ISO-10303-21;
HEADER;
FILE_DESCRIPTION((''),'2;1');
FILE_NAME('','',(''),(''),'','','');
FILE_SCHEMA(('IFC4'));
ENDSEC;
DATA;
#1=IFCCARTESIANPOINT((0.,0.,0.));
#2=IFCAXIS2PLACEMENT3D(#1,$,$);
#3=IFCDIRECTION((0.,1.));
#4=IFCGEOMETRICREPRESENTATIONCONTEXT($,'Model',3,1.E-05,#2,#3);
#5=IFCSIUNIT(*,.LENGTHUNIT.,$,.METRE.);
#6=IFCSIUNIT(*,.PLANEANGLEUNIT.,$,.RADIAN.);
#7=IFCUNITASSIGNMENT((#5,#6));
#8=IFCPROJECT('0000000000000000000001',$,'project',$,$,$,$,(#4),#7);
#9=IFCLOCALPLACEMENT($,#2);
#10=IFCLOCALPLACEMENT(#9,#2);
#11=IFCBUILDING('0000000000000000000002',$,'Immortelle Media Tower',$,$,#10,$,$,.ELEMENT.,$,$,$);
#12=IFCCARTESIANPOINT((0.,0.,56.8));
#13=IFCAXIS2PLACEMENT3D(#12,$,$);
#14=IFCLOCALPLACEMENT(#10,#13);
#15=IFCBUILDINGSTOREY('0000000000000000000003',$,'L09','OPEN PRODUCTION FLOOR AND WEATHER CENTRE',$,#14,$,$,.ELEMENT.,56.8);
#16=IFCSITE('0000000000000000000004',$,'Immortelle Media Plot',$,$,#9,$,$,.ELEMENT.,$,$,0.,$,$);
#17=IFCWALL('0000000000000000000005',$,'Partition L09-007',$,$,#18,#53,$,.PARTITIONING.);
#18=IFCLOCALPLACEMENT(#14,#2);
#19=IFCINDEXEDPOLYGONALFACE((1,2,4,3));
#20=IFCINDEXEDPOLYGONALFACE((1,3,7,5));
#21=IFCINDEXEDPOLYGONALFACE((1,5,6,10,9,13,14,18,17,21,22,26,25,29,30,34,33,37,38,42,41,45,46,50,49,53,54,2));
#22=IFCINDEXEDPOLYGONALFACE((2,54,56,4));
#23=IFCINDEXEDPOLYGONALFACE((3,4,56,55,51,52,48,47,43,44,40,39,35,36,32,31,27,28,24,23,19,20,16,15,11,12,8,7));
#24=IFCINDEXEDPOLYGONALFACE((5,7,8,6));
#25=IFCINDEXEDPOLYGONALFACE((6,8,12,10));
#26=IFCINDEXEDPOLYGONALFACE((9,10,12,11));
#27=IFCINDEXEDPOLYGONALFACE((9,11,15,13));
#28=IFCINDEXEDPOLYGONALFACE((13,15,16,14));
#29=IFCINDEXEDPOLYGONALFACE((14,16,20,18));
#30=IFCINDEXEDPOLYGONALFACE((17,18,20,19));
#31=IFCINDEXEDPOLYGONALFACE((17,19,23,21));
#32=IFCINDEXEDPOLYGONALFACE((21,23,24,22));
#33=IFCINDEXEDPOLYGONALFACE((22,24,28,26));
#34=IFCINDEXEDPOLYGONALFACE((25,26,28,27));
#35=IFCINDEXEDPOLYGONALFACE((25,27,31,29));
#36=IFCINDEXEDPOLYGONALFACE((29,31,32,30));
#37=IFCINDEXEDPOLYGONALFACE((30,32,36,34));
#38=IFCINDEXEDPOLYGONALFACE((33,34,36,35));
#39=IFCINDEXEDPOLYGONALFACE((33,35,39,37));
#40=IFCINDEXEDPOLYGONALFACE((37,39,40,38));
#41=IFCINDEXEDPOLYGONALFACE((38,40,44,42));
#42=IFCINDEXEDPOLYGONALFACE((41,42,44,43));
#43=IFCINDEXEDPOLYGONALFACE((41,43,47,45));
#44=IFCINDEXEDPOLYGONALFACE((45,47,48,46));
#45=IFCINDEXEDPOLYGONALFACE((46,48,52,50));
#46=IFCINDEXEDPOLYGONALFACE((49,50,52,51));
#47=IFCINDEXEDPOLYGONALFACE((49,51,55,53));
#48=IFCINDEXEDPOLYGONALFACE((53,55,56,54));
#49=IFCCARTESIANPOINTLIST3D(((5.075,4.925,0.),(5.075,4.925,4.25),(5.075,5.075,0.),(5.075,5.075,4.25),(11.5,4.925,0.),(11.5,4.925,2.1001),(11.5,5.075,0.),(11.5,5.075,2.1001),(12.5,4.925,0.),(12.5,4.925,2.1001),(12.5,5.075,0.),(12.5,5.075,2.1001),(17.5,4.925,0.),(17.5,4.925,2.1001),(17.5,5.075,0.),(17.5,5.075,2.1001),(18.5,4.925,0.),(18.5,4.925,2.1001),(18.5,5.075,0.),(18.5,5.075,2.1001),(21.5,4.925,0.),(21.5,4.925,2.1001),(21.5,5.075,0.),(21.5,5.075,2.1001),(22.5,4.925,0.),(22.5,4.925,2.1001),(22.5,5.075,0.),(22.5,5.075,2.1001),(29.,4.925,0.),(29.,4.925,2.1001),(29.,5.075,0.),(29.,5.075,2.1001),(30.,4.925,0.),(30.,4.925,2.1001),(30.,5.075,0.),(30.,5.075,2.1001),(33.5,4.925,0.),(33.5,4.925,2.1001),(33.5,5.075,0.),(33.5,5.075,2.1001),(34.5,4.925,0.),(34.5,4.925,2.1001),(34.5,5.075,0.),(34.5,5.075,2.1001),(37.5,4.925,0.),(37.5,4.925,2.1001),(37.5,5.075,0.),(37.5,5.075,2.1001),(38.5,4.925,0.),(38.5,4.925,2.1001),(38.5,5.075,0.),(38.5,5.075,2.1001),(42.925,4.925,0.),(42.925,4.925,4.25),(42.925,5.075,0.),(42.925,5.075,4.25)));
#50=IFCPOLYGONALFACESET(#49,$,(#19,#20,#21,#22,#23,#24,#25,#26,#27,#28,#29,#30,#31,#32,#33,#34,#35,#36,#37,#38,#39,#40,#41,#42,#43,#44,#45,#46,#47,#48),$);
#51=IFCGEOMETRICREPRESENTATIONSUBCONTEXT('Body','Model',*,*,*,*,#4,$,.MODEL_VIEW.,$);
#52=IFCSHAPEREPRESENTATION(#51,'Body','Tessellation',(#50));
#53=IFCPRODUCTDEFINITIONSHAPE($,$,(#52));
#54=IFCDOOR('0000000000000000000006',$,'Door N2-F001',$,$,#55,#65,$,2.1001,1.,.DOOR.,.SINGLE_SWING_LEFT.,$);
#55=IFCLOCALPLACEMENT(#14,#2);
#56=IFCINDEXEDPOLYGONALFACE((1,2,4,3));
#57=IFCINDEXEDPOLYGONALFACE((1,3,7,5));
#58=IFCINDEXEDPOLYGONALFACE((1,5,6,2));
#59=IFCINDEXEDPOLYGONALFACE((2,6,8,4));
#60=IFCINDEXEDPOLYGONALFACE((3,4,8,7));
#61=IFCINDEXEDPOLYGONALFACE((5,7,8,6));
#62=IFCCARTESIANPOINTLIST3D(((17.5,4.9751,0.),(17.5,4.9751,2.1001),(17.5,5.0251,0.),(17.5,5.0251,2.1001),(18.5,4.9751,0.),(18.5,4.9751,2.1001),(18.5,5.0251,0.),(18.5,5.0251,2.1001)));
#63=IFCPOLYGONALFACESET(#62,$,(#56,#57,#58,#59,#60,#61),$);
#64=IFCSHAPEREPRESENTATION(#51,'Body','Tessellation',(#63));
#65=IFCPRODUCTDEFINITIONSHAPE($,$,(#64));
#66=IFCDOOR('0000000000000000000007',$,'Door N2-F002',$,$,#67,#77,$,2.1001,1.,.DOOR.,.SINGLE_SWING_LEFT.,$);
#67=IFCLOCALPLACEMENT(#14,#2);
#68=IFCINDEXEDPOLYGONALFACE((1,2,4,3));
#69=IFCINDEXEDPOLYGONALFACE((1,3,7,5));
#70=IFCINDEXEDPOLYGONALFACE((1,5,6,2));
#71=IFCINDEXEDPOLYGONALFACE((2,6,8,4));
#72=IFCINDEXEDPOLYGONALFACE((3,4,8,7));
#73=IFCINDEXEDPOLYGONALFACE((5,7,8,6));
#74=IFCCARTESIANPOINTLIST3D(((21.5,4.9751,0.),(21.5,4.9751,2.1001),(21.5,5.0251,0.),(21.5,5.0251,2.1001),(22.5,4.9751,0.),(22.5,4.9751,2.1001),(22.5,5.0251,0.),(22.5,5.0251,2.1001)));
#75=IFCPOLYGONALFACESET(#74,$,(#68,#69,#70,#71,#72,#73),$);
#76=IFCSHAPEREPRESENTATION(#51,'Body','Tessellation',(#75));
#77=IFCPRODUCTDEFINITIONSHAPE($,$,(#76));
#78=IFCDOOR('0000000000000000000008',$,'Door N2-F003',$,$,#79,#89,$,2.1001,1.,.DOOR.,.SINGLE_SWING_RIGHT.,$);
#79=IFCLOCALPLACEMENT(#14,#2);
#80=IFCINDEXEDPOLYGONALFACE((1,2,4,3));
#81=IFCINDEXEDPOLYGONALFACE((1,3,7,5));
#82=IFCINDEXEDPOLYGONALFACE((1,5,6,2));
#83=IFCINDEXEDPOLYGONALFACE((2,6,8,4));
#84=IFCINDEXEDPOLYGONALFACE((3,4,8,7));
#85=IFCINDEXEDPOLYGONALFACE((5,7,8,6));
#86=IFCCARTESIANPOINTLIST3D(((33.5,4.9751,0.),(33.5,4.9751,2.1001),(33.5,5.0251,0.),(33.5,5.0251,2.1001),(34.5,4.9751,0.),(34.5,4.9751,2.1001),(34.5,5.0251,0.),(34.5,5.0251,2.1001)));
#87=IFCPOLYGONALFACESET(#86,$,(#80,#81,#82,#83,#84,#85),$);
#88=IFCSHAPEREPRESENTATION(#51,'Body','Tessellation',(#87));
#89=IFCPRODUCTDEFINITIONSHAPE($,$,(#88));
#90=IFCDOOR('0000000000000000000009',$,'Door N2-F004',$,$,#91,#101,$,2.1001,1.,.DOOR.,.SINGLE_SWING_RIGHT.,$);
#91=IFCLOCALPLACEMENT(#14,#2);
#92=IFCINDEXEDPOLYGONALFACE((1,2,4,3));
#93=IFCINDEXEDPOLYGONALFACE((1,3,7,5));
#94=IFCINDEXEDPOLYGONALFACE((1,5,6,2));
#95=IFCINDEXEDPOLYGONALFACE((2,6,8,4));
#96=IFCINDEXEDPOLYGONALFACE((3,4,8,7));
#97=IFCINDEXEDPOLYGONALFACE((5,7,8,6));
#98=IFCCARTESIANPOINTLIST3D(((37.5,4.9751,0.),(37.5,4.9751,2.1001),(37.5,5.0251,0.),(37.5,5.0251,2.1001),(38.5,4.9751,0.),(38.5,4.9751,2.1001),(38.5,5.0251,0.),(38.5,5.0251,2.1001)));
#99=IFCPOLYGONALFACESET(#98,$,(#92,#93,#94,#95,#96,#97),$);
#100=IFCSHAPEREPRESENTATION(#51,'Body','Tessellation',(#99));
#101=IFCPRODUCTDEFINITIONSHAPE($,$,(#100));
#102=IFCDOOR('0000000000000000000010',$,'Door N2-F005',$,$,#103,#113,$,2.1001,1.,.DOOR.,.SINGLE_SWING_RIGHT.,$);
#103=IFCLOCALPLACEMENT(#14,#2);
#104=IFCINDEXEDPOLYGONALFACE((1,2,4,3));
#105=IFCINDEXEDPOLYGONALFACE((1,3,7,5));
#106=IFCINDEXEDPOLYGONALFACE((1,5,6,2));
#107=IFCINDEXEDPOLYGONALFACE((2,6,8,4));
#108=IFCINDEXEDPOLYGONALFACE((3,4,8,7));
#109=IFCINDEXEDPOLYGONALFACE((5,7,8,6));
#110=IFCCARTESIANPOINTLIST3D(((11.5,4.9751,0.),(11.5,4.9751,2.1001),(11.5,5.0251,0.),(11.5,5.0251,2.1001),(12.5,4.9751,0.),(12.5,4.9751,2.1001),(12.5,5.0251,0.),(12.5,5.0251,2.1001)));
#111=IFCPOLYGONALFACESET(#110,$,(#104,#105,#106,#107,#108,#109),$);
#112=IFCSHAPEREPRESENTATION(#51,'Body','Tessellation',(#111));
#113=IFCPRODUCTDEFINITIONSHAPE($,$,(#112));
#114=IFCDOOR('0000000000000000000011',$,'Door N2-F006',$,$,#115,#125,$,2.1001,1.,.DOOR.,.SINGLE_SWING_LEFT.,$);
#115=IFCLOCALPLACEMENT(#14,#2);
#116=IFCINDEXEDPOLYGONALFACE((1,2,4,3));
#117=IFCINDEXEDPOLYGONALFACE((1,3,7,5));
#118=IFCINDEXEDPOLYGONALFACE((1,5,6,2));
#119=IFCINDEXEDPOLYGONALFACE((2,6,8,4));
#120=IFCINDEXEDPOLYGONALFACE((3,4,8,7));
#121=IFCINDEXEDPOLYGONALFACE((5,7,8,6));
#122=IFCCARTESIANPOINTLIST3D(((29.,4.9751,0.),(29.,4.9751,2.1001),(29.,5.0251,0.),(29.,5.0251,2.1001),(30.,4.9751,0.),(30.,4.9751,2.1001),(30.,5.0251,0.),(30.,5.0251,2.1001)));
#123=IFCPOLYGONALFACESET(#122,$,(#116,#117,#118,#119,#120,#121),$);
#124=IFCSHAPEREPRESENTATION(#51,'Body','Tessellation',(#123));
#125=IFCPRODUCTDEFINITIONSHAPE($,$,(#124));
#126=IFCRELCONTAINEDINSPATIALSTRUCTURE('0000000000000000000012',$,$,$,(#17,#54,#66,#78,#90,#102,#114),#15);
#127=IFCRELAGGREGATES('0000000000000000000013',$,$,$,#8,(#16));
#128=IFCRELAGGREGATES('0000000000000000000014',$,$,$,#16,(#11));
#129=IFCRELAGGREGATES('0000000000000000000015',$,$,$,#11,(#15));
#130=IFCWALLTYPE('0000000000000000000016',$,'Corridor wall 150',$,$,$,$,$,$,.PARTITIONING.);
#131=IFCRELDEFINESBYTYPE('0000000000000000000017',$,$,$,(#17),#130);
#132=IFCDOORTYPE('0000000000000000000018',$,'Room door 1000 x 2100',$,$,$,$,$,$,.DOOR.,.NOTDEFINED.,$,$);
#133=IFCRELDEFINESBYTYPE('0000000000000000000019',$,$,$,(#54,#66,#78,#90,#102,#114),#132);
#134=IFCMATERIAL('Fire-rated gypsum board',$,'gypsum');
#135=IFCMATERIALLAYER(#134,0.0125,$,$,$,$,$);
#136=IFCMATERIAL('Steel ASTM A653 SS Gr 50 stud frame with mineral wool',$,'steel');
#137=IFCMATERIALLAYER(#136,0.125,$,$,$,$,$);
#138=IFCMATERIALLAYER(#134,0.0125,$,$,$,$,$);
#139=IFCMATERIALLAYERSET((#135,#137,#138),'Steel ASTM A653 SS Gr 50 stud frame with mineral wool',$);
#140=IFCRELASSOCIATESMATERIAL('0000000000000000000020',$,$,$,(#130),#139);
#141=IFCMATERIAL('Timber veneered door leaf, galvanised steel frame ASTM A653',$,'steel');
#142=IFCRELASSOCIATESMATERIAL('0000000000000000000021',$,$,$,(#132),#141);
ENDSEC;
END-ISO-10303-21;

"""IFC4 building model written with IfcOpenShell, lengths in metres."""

from ifc_helpers import new_model, si_unit, direction, frame, frame_2d, origin, place, context, subcontext, project, spatial, rectangle, extrude, material, layer, layer_set, type_object, element, fill, save


model = new_model("IFC4")

# Units and contexts
model_context = context("Model", 3, precision=1e-05, world=origin(), true_north=direction((0.0, 1.0)))
body_context = subcontext(model_context, "Body", "Model", "MODEL_VIEW")
ifc_project = project(units=[si_unit("LENGTHUNIT", "METRE"), si_unit("PLANEANGLEUNIT", "RADIAN")], contexts=[model_context])

# Site, building, storey
site_placement = place(None, origin())
site = spatial("IfcSite", under=ifc_project, at=site_placement, Name="Immortelle Media Plot", CompositionType="ELEMENT", RefElevation=0.0)
building_placement = place(site_placement, origin())
building = spatial("IfcBuilding", under=site, at=building_placement, Name="Immortelle Media Tower", CompositionType="ELEMENT")
storey_placement = place(building_placement, frame((0.0, 0.0, 56.8)))
storey = spatial("IfcBuildingStorey", under=building, at=storey_placement, Name="L09", Description="OPEN PRODUCTION FLOOR AND WEATHER CENTRE", CompositionType="ELEMENT", Elevation=56.8)

# Wall, openings, doors
ifc_material_1 = material(Name="Fire-rated gypsum board", Category="gypsum")
ifc_layer_1 = layer(ifc_material_1, 0.0125)
ifc_material_2 = material(Name="Steel ASTM A653 SS Gr 50 stud frame with mineral wool", Category="steel")
ifc_layer_2 = layer(ifc_material_2, 0.125)
ifc_layer_3 = layer(ifc_material_1, 0.0125)
ifc_layer_set_1 = layer_set([ifc_layer_1, ifc_layer_2, ifc_layer_3], Name="Steel ASTM A653 SS Gr 50 stud frame with mineral wool")
wall_type_1 = type_object("IfcWallType", Name="Corridor wall 150", PredefinedType="PARTITIONING", material=ifc_layer_set_1)
wall_1_placement = place(storey_placement, frame((5.075, 5.0, 0.0), z_axis=(0.0, 0.0, 1.0), x_axis=(1.0, 0.0, 0.0)))
wall_1 = element("IfcWall", 1, at=wall_1_placement, inside=storey, type_object=wall_type_1, Name="Partition L09-007", PredefinedType="PARTITIONING", context=body_context, shape_type="SweptSolid", body=[
    extrude(rectangle(XDim=37.8501, YDim=0.1499, at=frame_2d((18.925, 0.0))), origin(), (0.0, 0.0, 1.0), 4.25),
])
opening_1_placement = place(wall_1_placement, frame((13.425, 0.0, 0.0), z_axis=(0.0, 0.0, 1.0), x_axis=(-1.0, 0.0, 0.0)))
opening_1 = element("IfcOpeningElement", 2, at=opening_1_placement, cuts=wall_1, PredefinedType="OPENING", context=body_context, shape_type="SweptSolid", body=[
    extrude(rectangle(XDim=1.0, YDim=2.1001, at=frame_2d((0.5, 1.05))), frame((0.0, 0.085, 0.0), z_axis=(0.0, -1.0, 0.0), x_axis=(1.0, 0.0, 0.0)), (0.0, 0.0, 1.0), 0.1699),
])
opening_2_placement = place(wall_1_placement, frame((17.425, 0.0, 0.0), z_axis=(0.0, 0.0, 1.0), x_axis=(-1.0, 0.0, 0.0)))
opening_2 = element("IfcOpeningElement", 3, at=opening_2_placement, cuts=wall_1, PredefinedType="OPENING", context=body_context, shape_type="SweptSolid", body=[
    extrude(rectangle(XDim=1.0, YDim=2.1001, at=frame_2d((0.5, 1.05))), frame((0.0, 0.085, 0.0), z_axis=(0.0, -1.0, 0.0), x_axis=(1.0, 0.0, 0.0)), (0.0, 0.0, 1.0), 0.1699),
])
opening_3_placement = place(wall_1_placement, frame((29.425, 0.0, 0.0), z_axis=(0.0, 0.0, 1.0), x_axis=(-1.0, 0.0, 0.0)))
opening_3 = element("IfcOpeningElement", 4, at=opening_3_placement, cuts=wall_1, PredefinedType="OPENING", context=body_context, shape_type="SweptSolid", body=[
    extrude(rectangle(XDim=1.0, YDim=2.1001, at=frame_2d((0.5, 1.05))), frame((0.0, 0.085, 0.0), z_axis=(0.0, -1.0, 0.0), x_axis=(1.0, 0.0, 0.0)), (0.0, 0.0, 1.0), 0.1699),
])
opening_4_placement = place(wall_1_placement, frame((33.425, 0.0, 0.0), z_axis=(0.0, 0.0, 1.0), x_axis=(-1.0, 0.0, 0.0)))
opening_4 = element("IfcOpeningElement", 5, at=opening_4_placement, cuts=wall_1, PredefinedType="OPENING", context=body_context, shape_type="SweptSolid", body=[
    extrude(rectangle(XDim=1.0, YDim=2.1001, at=frame_2d((0.5, 1.05))), frame((0.0, 0.085, 0.0), z_axis=(0.0, -1.0, 0.0), x_axis=(1.0, 0.0, 0.0)), (0.0, 0.0, 1.0), 0.1699),
])
opening_5_placement = place(wall_1_placement, frame((7.425, 0.0, 0.0), z_axis=(0.0, 0.0, 1.0), x_axis=(-1.0, 0.0, 0.0)))
opening_5 = element("IfcOpeningElement", 6, at=opening_5_placement, cuts=wall_1, PredefinedType="OPENING", context=body_context, shape_type="SweptSolid", body=[
    extrude(rectangle(XDim=1.0, YDim=2.1001, at=frame_2d((0.5, 1.05))), frame((0.0, 0.085, 0.0), z_axis=(0.0, -1.0, 0.0), x_axis=(1.0, 0.0, 0.0)), (0.0, 0.0, 1.0), 0.1699),
])
opening_6_placement = place(wall_1_placement, frame((24.925, 0.0, 0.0), z_axis=(0.0, 0.0, 1.0), x_axis=(-1.0, 0.0, 0.0)))
opening_6 = element("IfcOpeningElement", 7, at=opening_6_placement, cuts=wall_1, PredefinedType="OPENING", context=body_context, shape_type="SweptSolid", body=[
    extrude(rectangle(XDim=1.0, YDim=2.1001, at=frame_2d((0.5, 1.05))), frame((0.0, 0.085, 0.0), z_axis=(0.0, -1.0, 0.0), x_axis=(1.0, 0.0, 0.0)), (0.0, 0.0, 1.0), 0.1699),
])
ifc_material_3 = material(Name="Timber veneered door leaf, galvanised steel frame ASTM A653", Category="steel")
door_type_1 = type_object("IfcDoorType", Name="Room door 1000 x 2100", OperationType="NOTDEFINED", PredefinedType="DOOR", material=ifc_material_3)
door_1_placement = place(opening_1_placement, origin())
door_1 = element("IfcDoor", 8, at=door_1_placement, inside=storey, type_object=door_type_1, Name="Door N2-F001", OperationType="SINGLE_SWING_LEFT", OverallHeight=2.1001, OverallWidth=1.0, PredefinedType="DOOR", context=body_context, shape_type="SweptSolid", body=[
    extrude(rectangle(XDim=1.0, YDim=2.1001, at=frame_2d((0.5, 1.05))), frame((0.0, 0.0249, 0.0), z_axis=(0.0, -1.0, 0.0), x_axis=(1.0, 0.0, 0.0)), (0.0, 0.0, 1.0), 0.05),
])
fill(opening_1, door_1)
door_2_placement = place(opening_2_placement, origin())
door_2 = element("IfcDoor", 9, at=door_2_placement, inside=storey, type_object=door_type_1, Name="Door N2-F002", OperationType="SINGLE_SWING_LEFT", OverallHeight=2.1001, OverallWidth=1.0, PredefinedType="DOOR", context=body_context, shape_type="SweptSolid", body=[
    extrude(rectangle(XDim=1.0, YDim=2.1001, at=frame_2d((0.5, 1.05))), frame((0.0, 0.0249, 0.0), z_axis=(0.0, -1.0, 0.0), x_axis=(1.0, 0.0, 0.0)), (0.0, 0.0, 1.0), 0.05),
])
fill(opening_2, door_2)
door_3_placement = place(opening_3_placement, origin())
door_3 = element("IfcDoor", 10, at=door_3_placement, inside=storey, type_object=door_type_1, Name="Door N2-F003", OperationType="SINGLE_SWING_RIGHT", OverallHeight=2.1001, OverallWidth=1.0, PredefinedType="DOOR", context=body_context, shape_type="SweptSolid", body=[
    extrude(rectangle(XDim=1.0, YDim=2.1001, at=frame_2d((0.5, 1.05))), frame((0.0, 0.0249, 0.0), z_axis=(0.0, -1.0, 0.0), x_axis=(1.0, 0.0, 0.0)), (0.0, 0.0, 1.0), 0.05),
])
fill(opening_3, door_3)
door_4_placement = place(opening_4_placement, origin())
door_4 = element("IfcDoor", 11, at=door_4_placement, inside=storey, type_object=door_type_1, Name="Door N2-F004", OperationType="SINGLE_SWING_RIGHT", OverallHeight=2.1001, OverallWidth=1.0, PredefinedType="DOOR", context=body_context, shape_type="SweptSolid", body=[
    extrude(rectangle(XDim=1.0, YDim=2.1001, at=frame_2d((0.5, 1.05))), frame((0.0, 0.0249, 0.0), z_axis=(0.0, -1.0, 0.0), x_axis=(1.0, 0.0, 0.0)), (0.0, 0.0, 1.0), 0.05),
])
fill(opening_4, door_4)
door_5_placement = place(opening_5_placement, origin())
door_5 = element("IfcDoor", 12, at=door_5_placement, inside=storey, type_object=door_type_1, Name="Door N2-F005", OperationType="SINGLE_SWING_RIGHT", OverallHeight=2.1001, OverallWidth=1.0, PredefinedType="DOOR", context=body_context, shape_type="SweptSolid", body=[
    extrude(rectangle(XDim=1.0, YDim=2.1001, at=frame_2d((0.5, 1.05))), frame((0.0, 0.0249, 0.0), z_axis=(0.0, -1.0, 0.0), x_axis=(1.0, 0.0, 0.0)), (0.0, 0.0, 1.0), 0.05),
])
fill(opening_5, door_5)
door_6_placement = place(opening_6_placement, origin())
door_6 = element("IfcDoor", 13, at=door_6_placement, inside=storey, type_object=door_type_1, Name="Door N2-F006", OperationType="SINGLE_SWING_LEFT", OverallHeight=2.1001, OverallWidth=1.0, PredefinedType="DOOR", context=body_context, shape_type="SweptSolid", body=[
    extrude(rectangle(XDim=1.0, YDim=2.1001, at=frame_2d((0.5, 1.05))), frame((0.0, 0.0249, 0.0), z_axis=(0.0, -1.0, 0.0), x_axis=(1.0, 0.0, 0.0)), (0.0, 0.0, 1.0), 0.05),
])
fill(opening_6, door_6)

save(model, "model.ifc")
